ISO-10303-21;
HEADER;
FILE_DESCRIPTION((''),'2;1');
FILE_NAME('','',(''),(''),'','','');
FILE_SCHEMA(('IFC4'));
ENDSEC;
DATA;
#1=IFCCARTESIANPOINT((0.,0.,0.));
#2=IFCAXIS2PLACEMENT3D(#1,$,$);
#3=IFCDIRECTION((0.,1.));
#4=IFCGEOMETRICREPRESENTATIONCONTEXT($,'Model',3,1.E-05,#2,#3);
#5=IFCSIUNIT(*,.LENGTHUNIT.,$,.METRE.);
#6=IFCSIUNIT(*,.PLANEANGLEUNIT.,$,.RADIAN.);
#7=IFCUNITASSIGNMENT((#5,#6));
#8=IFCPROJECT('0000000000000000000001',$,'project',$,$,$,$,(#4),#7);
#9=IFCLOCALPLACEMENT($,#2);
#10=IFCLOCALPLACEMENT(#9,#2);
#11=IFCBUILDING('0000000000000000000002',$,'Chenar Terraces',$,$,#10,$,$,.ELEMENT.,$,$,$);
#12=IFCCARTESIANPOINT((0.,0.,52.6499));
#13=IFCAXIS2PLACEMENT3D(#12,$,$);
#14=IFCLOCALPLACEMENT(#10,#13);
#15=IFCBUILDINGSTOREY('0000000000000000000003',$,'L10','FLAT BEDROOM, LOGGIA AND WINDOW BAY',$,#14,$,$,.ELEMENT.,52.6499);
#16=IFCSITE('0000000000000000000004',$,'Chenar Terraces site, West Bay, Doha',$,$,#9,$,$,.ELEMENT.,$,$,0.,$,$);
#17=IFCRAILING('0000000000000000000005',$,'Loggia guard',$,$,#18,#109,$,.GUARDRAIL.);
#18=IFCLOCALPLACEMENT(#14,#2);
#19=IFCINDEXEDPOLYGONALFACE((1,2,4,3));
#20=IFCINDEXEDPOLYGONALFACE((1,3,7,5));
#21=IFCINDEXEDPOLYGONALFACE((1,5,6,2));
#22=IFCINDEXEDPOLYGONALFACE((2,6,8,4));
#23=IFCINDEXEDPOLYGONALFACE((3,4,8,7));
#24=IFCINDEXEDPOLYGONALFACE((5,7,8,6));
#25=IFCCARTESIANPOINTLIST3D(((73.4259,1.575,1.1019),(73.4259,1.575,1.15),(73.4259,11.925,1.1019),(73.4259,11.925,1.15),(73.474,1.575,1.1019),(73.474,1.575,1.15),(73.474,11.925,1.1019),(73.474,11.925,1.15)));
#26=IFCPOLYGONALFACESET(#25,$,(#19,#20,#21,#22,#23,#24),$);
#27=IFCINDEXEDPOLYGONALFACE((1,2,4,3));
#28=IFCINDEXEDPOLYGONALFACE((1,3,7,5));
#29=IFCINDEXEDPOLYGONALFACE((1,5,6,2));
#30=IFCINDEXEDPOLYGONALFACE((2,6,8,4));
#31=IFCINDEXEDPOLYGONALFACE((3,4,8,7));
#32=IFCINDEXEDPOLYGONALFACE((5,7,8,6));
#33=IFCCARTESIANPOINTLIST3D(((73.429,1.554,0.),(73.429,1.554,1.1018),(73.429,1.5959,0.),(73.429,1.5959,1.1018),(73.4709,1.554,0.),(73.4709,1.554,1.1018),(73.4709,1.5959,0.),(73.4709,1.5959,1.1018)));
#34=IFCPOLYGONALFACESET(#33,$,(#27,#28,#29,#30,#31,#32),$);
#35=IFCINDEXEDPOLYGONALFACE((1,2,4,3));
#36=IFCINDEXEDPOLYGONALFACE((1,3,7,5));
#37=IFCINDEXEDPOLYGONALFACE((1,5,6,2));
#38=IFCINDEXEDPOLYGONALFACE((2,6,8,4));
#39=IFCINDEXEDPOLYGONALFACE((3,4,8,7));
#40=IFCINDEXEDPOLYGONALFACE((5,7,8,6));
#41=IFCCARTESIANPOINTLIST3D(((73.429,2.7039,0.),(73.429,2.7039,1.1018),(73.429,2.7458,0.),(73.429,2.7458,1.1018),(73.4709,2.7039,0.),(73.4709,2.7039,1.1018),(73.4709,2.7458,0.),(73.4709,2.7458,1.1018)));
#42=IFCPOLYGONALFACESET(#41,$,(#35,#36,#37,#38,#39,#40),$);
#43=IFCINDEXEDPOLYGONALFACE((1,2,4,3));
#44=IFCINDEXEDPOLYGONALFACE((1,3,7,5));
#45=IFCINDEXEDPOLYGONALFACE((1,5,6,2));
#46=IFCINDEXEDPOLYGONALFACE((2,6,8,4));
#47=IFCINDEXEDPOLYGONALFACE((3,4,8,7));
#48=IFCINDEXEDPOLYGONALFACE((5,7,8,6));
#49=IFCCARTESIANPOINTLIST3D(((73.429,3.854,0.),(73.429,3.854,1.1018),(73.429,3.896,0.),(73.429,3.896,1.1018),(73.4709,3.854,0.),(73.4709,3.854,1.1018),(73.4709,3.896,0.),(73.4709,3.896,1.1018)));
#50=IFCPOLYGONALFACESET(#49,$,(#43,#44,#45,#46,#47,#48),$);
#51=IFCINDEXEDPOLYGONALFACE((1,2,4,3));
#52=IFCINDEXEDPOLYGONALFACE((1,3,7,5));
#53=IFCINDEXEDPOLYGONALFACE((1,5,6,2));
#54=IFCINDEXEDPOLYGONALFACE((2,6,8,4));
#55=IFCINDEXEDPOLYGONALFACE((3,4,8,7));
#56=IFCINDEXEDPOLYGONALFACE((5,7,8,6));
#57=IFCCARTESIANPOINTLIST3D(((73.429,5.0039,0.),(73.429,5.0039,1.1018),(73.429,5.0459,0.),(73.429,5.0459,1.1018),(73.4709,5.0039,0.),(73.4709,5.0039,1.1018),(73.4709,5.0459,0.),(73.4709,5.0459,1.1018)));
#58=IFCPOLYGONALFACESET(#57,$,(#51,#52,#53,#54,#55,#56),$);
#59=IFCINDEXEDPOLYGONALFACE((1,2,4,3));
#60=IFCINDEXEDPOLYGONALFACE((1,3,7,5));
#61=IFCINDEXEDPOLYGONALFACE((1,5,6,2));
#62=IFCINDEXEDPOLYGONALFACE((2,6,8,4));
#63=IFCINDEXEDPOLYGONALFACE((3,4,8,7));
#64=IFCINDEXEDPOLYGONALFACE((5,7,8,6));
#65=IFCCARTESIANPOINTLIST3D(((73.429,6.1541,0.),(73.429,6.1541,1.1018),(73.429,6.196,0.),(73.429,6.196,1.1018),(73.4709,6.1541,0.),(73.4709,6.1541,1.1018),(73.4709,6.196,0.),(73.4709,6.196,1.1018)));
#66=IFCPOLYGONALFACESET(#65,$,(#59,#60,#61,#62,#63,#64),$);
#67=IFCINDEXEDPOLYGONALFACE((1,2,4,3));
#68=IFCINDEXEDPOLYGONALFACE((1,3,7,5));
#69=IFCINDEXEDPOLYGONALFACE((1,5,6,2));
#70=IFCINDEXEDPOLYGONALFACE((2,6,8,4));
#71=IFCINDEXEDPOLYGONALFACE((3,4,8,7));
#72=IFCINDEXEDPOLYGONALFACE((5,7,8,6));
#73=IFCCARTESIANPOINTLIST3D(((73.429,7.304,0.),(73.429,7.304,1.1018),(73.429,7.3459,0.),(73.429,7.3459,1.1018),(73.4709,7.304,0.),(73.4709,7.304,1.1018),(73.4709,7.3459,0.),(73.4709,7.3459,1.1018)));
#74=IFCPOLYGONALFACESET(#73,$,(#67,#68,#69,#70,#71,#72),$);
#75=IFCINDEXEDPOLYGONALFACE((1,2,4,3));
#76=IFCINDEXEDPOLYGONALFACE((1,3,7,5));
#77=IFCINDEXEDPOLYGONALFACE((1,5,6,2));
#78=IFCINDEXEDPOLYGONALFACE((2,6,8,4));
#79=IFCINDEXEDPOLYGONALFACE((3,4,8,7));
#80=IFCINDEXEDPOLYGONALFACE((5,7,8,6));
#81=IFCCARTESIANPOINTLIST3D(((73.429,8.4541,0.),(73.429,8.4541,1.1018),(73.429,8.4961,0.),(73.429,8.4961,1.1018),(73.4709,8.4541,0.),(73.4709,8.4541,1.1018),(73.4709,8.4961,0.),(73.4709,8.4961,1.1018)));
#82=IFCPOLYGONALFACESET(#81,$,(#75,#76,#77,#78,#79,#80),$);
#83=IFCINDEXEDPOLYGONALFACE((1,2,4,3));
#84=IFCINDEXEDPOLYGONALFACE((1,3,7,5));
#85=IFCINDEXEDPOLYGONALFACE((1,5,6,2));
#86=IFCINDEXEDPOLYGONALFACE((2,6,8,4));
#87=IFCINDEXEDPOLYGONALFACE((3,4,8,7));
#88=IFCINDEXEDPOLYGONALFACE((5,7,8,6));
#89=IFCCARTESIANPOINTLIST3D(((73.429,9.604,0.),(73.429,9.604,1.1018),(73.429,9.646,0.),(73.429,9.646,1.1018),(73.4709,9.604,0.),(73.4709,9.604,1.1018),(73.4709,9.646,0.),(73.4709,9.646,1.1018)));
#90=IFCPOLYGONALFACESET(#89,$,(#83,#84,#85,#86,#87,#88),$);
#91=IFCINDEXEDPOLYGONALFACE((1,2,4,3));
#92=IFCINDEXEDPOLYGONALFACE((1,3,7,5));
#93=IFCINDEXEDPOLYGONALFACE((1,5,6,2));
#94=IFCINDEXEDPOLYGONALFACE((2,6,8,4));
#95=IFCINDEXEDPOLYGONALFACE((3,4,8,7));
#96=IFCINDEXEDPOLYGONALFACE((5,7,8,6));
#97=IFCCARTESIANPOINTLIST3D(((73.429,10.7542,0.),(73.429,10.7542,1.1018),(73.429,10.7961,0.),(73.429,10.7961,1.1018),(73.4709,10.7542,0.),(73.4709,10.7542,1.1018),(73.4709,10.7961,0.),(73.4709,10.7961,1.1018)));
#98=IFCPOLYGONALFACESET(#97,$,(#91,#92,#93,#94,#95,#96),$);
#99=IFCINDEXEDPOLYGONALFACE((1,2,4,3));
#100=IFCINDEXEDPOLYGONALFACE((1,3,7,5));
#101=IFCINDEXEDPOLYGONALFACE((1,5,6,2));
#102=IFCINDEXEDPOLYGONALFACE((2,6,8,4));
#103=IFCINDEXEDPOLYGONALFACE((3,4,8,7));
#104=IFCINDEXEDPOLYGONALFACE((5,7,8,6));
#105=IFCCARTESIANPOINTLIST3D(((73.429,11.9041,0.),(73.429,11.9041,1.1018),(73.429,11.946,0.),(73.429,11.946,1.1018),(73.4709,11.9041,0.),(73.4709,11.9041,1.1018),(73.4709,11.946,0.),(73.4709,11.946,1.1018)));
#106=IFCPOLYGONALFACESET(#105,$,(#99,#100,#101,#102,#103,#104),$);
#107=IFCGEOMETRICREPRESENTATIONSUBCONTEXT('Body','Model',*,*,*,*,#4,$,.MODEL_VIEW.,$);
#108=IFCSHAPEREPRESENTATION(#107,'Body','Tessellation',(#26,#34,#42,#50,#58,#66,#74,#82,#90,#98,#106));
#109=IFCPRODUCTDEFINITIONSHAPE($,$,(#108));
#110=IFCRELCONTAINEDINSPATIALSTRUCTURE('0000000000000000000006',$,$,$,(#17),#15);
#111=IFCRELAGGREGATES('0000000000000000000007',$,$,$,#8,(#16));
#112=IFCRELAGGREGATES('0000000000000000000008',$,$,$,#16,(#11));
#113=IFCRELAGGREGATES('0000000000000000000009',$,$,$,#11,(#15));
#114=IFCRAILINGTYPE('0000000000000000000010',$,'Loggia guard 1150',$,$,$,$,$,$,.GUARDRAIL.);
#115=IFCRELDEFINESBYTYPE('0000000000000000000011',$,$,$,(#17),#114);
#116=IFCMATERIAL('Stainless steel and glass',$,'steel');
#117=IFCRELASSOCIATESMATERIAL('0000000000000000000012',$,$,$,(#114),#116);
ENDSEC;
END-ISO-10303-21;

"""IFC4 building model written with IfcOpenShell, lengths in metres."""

from ifc_helpers import new_model, si_unit, direction, frame, origin, origin_2d, place, context, subcontext, project, spatial, rectangle, extrude, material, type_object, element, save


model = new_model("IFC4")

# Units and contexts
model_context = context("Model", 3, precision=1e-05, world=origin(), true_north=direction((0.0, 1.0)))
body_context = subcontext(model_context, "Body", "Model", "MODEL_VIEW")
ifc_project = project(units=[si_unit("LENGTHUNIT", "METRE"), si_unit("PLANEANGLEUNIT", "RADIAN")], contexts=[model_context])

# Site, building, storey
site_placement = place(None, origin())
site = spatial("IfcSite", under=ifc_project, at=site_placement, Name="Chenar Terraces site, West Bay, Doha", CompositionType="ELEMENT", RefElevation=0.0)
building_placement = place(site_placement, origin())
building = spatial("IfcBuilding", under=site, at=building_placement, Name="Chenar Terraces", CompositionType="ELEMENT")
storey_placement = place(building_placement, frame((0.0, 0.0, 52.6499)))
storey = spatial("IfcBuildingStorey", under=building, at=storey_placement, Name="L10", Description="FLAT BEDROOM, LOGGIA AND WINDOW BAY", CompositionType="ELEMENT", Elevation=52.6499)

# Railing
ifc_material_1 = material(Name="Stainless steel and glass", Category="steel")
railing_type = type_object("IfcRailingType", Name="Loggia guard 1150", PredefinedType="GUARDRAIL", material=ifc_material_1)
railing_placement = place(storey_placement, frame((73.45, 1.575, 0.0)))
element("IfcRailing", 1, at=railing_placement, inside=storey, type_object=railing_type, Name="Loggia guard", PredefinedType="GUARDRAIL", context=body_context, shape_type="SweptSolid", body=[
    extrude(rectangle(XDim=0.0481, YDim=0.0481, at=origin_2d()), frame((0.0, 0.0, 1.126), z_axis=(0.0, 1.0, 0.0), x_axis=(-1.0, 0.0, 0.0)), (0.0, 0.0, 1.0), 10.3501),
    extrude(rectangle(XDim=0.042, YDim=0.042, at=origin_2d()), origin(), (0.0, 0.0, 1.0), 1.1018),
    extrude(rectangle(XDim=0.042, YDim=0.042, at=origin_2d()), frame((0.0, 1.1499, 0.0)), (0.0, 0.0, 1.0), 1.1018),
    extrude(rectangle(XDim=0.042, YDim=0.042, at=origin_2d()), frame((0.0, 2.3, 0.0)), (0.0, 0.0, 1.0), 1.1018),
    extrude(rectangle(XDim=0.042, YDim=0.042, at=origin_2d()), frame((0.0, 3.45, 0.0)), (0.0, 0.0, 1.0), 1.1018),
    extrude(rectangle(XDim=0.042, YDim=0.042, at=origin_2d()), frame((0.0, 4.6001, 0.0)), (0.0, 0.0, 1.0), 1.1018),
    extrude(rectangle(XDim=0.042, YDim=0.042, at=origin_2d()), frame((0.0, 5.75, 0.0)), (0.0, 0.0, 1.0), 1.1018),
    extrude(rectangle(XDim=0.042, YDim=0.042, at=origin_2d()), frame((0.0, 6.9001, 0.0)), (0.0, 0.0, 1.0), 1.1018),
    extrude(rectangle(XDim=0.042, YDim=0.042, at=origin_2d()), frame((0.0, 8.05, 0.0)), (0.0, 0.0, 1.0), 1.1018),
    extrude(rectangle(XDim=0.042, YDim=0.042, at=origin_2d()), frame((0.0, 9.2002, 0.0)), (0.0, 0.0, 1.0), 1.1018),
    extrude(rectangle(XDim=0.042, YDim=0.042, at=origin_2d()), frame((0.0, 10.3501, 0.0)), (0.0, 0.0, 1.0), 1.1018),
])

save(model, "model.ifc")
